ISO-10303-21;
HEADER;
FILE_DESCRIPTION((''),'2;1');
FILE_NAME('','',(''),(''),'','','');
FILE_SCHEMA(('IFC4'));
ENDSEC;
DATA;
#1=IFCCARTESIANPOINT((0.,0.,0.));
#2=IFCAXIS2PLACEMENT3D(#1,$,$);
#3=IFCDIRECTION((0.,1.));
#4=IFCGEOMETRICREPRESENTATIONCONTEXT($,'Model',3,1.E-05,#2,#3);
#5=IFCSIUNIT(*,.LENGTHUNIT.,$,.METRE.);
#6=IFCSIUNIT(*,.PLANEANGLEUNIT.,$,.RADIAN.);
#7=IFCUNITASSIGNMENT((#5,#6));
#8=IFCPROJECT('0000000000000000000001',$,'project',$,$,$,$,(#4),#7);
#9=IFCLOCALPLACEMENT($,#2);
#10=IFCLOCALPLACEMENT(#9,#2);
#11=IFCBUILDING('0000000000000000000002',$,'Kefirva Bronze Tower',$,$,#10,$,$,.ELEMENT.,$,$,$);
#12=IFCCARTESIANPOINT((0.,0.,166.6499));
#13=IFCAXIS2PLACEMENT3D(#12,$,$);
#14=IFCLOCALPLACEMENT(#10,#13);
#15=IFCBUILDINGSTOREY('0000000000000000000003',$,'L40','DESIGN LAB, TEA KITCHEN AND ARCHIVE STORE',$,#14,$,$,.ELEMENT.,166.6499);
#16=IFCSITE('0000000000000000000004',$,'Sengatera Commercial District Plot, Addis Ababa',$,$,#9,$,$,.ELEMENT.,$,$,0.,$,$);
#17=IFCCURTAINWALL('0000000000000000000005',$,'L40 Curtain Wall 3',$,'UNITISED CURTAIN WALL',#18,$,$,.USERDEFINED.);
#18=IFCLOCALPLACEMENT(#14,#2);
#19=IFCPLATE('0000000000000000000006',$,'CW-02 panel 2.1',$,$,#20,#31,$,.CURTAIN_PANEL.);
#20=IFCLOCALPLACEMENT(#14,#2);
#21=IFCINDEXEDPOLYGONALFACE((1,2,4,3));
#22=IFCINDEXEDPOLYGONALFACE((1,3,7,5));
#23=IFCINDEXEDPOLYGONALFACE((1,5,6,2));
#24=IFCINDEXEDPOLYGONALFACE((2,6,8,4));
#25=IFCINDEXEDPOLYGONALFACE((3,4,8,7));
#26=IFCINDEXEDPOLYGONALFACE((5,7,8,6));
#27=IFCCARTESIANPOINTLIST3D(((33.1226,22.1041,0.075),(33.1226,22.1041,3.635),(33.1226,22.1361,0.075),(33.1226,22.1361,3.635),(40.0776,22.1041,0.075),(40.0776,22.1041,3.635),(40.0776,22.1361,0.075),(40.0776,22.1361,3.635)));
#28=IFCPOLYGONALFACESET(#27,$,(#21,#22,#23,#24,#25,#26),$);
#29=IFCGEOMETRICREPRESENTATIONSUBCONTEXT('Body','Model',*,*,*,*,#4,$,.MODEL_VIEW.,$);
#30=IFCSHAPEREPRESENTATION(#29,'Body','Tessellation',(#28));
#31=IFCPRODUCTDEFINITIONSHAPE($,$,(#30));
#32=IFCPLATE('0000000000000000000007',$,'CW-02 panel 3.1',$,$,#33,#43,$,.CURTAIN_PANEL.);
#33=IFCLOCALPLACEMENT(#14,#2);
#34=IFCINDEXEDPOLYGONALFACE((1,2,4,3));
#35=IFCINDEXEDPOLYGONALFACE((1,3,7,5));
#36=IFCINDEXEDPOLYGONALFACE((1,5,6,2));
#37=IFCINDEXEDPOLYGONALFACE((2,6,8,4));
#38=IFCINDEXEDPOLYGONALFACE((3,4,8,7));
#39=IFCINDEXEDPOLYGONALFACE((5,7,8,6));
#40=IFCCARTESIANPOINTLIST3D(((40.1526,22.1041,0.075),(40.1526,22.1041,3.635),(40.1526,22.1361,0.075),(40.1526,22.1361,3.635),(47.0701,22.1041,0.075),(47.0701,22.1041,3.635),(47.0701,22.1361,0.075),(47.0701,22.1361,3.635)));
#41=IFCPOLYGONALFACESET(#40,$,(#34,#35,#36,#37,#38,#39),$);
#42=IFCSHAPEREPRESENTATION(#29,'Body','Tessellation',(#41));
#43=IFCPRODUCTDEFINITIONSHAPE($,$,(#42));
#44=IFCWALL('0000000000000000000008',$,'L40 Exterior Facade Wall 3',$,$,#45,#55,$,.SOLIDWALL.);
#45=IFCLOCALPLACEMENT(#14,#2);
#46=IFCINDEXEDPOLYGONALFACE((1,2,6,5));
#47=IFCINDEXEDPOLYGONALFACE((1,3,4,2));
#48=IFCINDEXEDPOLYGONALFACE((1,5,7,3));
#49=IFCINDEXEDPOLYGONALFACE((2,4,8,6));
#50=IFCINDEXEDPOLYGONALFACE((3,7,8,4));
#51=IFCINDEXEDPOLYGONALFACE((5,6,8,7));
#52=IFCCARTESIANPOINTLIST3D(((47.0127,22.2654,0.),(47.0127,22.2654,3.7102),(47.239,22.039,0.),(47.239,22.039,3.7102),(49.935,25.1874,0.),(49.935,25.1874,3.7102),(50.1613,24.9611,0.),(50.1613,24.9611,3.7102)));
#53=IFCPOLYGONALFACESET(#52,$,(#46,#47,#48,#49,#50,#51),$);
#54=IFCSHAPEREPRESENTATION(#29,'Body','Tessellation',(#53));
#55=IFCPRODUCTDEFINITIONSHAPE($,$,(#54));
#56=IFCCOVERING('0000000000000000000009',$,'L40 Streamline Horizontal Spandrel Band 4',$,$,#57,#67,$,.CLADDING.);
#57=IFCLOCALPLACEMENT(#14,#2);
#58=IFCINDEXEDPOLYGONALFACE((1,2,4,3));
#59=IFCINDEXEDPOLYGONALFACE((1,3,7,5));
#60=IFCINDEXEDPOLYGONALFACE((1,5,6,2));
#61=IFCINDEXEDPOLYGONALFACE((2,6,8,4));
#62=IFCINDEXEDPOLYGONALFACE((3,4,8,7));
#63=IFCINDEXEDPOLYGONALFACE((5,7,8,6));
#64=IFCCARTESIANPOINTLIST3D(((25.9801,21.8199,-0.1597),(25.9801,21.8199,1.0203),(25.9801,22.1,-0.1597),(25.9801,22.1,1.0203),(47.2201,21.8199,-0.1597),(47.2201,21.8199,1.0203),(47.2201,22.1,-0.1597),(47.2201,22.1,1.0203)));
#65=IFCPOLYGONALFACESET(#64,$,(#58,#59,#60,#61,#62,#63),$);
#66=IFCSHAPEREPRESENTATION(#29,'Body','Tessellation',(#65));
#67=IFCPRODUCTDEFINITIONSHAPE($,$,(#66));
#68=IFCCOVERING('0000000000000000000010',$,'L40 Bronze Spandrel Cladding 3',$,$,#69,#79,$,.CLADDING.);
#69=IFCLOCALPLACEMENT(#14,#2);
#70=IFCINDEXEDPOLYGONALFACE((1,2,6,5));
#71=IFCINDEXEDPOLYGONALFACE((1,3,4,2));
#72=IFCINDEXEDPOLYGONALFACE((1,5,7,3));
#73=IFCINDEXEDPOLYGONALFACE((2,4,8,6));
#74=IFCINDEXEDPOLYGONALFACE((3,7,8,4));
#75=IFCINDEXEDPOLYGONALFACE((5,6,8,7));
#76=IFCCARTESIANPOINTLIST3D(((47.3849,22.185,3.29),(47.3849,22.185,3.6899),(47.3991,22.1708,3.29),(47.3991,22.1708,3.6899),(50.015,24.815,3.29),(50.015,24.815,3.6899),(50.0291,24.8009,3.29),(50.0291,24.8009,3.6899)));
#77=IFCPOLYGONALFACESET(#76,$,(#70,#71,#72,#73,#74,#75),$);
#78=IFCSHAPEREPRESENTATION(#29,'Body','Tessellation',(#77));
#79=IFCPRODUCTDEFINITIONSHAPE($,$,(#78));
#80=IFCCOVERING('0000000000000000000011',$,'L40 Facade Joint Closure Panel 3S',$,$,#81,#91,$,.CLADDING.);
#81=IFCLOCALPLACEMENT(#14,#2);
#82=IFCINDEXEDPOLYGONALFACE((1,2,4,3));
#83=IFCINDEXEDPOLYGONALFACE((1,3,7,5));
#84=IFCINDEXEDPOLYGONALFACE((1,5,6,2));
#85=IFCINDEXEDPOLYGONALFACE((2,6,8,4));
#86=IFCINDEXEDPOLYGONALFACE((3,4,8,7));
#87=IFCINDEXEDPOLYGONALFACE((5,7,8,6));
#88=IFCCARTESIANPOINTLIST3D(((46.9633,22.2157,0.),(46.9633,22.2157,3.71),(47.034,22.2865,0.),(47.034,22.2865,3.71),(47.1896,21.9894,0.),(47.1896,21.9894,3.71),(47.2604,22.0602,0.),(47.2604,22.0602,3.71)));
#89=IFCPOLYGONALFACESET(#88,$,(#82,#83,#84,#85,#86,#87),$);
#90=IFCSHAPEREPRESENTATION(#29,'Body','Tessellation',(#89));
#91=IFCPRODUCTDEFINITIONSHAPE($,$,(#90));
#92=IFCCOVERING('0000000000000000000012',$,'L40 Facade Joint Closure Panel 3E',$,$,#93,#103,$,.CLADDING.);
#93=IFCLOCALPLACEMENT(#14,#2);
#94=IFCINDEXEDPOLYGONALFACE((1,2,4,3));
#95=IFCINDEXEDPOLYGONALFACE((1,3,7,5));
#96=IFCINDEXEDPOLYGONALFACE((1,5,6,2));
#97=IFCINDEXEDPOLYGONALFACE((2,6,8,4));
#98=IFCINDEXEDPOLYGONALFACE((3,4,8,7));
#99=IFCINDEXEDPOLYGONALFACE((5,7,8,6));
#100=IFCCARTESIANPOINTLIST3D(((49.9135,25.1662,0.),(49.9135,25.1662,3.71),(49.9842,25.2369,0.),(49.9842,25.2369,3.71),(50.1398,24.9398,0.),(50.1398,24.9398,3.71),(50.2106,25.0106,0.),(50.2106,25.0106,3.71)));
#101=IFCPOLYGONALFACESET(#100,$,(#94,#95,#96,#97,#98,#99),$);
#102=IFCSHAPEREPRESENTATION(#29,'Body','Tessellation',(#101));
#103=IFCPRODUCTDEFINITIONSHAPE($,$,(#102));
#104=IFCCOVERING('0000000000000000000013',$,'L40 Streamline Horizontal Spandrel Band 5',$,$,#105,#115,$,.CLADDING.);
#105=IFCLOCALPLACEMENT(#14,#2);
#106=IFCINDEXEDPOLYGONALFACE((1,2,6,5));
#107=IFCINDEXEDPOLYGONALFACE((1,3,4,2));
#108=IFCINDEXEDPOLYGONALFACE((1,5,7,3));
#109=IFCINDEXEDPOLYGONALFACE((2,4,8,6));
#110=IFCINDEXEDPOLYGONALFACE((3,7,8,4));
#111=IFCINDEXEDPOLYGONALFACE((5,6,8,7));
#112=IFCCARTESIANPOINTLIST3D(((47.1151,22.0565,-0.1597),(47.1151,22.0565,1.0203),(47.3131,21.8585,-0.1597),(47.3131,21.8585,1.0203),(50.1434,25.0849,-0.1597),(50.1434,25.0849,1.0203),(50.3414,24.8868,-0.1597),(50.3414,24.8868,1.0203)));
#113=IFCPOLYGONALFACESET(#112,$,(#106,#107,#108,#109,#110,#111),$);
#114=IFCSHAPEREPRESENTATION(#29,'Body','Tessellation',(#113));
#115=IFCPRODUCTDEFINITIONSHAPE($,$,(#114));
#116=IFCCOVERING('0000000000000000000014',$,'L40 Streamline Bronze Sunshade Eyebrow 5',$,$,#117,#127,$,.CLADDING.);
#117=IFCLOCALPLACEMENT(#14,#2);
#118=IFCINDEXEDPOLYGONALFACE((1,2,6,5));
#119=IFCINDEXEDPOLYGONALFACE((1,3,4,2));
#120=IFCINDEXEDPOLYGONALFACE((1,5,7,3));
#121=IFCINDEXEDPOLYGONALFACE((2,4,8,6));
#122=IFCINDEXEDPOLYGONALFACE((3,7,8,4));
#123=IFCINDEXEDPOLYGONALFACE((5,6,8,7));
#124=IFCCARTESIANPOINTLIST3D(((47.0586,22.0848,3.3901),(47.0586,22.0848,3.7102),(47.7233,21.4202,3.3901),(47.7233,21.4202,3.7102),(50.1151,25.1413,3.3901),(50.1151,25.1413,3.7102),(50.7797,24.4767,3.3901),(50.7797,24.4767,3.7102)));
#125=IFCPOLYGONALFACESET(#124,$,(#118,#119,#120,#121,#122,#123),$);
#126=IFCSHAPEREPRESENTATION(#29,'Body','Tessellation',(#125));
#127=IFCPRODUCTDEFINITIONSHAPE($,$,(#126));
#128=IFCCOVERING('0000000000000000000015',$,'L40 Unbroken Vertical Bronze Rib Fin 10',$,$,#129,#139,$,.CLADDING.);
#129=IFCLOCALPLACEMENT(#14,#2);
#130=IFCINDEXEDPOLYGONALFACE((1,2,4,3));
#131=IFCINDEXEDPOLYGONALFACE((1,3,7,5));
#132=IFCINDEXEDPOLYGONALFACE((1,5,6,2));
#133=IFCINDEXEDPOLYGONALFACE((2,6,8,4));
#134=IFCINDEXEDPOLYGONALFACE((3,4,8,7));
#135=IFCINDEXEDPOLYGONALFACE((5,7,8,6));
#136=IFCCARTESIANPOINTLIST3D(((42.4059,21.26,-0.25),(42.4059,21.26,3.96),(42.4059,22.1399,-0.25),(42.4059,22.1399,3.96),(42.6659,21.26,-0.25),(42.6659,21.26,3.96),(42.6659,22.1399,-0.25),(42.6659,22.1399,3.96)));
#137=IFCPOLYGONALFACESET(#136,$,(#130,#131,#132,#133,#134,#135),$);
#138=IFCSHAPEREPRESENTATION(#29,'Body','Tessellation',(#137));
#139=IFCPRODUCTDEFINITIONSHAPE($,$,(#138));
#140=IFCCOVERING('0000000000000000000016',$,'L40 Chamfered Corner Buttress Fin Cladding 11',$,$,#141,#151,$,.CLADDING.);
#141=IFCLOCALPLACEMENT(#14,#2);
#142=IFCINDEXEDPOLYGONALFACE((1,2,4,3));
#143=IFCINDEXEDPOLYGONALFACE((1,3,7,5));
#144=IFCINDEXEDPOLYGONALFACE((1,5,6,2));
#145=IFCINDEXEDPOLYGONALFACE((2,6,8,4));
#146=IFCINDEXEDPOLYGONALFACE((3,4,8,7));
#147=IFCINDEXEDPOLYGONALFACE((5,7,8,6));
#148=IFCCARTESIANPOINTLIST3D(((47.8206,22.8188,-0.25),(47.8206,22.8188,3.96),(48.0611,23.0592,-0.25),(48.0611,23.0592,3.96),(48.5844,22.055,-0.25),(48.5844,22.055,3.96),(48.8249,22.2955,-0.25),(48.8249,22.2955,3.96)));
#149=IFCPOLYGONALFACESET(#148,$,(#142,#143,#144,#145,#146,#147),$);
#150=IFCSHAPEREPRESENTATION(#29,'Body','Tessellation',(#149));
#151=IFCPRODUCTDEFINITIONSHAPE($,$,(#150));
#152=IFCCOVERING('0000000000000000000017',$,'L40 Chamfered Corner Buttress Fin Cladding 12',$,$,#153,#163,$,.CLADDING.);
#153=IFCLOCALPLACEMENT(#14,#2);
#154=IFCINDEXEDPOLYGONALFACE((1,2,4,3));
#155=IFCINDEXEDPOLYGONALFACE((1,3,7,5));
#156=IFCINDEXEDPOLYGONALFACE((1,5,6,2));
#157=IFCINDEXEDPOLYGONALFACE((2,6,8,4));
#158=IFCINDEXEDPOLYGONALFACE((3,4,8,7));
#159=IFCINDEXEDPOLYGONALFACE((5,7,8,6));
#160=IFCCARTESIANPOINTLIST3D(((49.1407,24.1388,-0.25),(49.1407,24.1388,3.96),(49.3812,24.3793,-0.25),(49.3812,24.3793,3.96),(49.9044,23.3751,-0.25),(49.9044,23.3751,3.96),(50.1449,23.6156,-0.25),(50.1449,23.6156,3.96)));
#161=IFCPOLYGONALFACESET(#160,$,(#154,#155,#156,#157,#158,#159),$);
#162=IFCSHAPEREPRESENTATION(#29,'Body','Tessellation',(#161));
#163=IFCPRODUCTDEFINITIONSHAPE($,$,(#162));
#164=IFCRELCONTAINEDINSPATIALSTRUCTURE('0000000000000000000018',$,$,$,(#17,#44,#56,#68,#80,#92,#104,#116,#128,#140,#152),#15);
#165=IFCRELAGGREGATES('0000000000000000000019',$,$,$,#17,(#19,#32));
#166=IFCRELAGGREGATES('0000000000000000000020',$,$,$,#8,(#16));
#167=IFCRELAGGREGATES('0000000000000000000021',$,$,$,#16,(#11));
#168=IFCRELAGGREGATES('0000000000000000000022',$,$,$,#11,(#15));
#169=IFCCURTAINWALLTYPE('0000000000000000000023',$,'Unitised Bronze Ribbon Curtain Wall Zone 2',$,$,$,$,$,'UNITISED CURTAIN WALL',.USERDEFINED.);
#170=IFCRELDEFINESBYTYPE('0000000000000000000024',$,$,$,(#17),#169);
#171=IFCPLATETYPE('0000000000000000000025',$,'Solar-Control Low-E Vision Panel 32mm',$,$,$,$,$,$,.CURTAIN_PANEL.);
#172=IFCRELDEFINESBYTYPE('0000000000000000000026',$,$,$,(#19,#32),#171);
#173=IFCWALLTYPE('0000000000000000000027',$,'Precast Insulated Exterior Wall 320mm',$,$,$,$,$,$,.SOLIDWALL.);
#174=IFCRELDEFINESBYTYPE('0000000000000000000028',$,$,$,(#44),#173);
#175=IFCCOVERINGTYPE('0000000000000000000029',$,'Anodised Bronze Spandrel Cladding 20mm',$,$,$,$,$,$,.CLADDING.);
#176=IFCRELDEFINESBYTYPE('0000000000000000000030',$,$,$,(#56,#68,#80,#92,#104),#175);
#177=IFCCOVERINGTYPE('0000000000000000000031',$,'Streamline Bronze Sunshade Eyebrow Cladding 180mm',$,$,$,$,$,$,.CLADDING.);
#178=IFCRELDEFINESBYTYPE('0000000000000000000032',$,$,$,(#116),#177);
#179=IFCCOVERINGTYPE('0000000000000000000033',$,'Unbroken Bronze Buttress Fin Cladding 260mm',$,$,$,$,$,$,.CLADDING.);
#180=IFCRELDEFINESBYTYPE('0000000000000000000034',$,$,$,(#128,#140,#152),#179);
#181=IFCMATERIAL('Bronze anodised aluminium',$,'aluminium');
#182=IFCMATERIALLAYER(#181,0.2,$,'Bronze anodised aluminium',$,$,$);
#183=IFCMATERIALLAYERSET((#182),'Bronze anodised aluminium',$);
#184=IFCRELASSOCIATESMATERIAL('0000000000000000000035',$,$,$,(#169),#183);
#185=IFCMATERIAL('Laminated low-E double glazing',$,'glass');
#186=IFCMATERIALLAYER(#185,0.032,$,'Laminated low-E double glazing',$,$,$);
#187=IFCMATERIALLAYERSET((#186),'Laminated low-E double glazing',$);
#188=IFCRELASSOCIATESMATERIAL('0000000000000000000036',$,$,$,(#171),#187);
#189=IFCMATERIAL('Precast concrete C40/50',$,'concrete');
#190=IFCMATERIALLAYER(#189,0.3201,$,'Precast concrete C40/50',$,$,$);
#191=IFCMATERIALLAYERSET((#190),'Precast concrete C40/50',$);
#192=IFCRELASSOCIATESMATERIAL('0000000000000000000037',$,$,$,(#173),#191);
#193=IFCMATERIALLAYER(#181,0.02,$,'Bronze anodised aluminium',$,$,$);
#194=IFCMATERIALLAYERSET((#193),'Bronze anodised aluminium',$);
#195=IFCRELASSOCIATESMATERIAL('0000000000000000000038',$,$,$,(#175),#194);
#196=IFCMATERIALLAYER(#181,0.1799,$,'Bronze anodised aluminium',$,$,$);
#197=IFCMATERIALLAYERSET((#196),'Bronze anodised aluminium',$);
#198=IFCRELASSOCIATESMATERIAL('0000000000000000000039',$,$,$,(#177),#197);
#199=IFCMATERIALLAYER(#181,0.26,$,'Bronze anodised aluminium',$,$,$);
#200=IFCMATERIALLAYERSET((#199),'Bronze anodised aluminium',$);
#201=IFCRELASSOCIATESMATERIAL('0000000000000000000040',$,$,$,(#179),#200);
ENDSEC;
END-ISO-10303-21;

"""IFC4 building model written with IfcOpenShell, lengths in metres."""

from ifc_helpers import new_model, si_unit, direction, frame, frame_2d, origin, origin_2d, place, context, subcontext, project, spatial, rectangle, extrude, material, layer, layer_set, type_object, element, aggregate, save


model = new_model("IFC4")

# Units and contexts
model_context = context("Model", 3, precision=1e-05, world=origin(), true_north=direction((0.0, 1.0)))
body_context = subcontext(model_context, "Body", "Model", "MODEL_VIEW")
ifc_project = project(units=[si_unit("LENGTHUNIT", "METRE"), si_unit("PLANEANGLEUNIT", "RADIAN")], contexts=[model_context])

# Site, building, storey
site_placement = place(None, origin())
site = spatial("IfcSite", under=ifc_project, at=site_placement, Name="Sengatera Commercial District Plot, Addis Ababa", CompositionType="ELEMENT", RefElevation=0.0)
building_placement = place(site_placement, origin())
building = spatial("IfcBuilding", under=site, at=building_placement, Name="Kefirva Bronze Tower", CompositionType="ELEMENT")
storey_placement = place(building_placement, frame((0.0, 0.0, 166.6499)))
storey = spatial("IfcBuildingStorey", under=building, at=storey_placement, Name="L40", Description="DESIGN LAB, TEA KITCHEN AND ARCHIVE STORE", CompositionType="ELEMENT", Elevation=166.6499)

# Curtain wall
ifc_material_1 = material(Name="Bronze anodised aluminium", Category="aluminium")
ifc_layer_1 = layer(ifc_material_1, 0.2, Name="Bronze anodised aluminium")
ifc_layer_set_1 = layer_set([ifc_layer_1], Name="Bronze anodised aluminium")
curtain_wall_type = type_object("IfcCurtainWallType", Name="Unitised Bronze Ribbon Curtain Wall Zone 2", ElementType="UNITISED CURTAIN WALL", PredefinedType="USERDEFINED", material=ifc_layer_set_1)
curtain_wall_1_placement = place(storey_placement, origin())
curtain_wall_1 = element("IfcCurtainWall", 1, at=curtain_wall_1_placement, inside=storey, type_object=curtain_wall_type, Name="L40 Curtain Wall 3", ObjectType="UNITISED CURTAIN WALL", PredefinedType="USERDEFINED")

# Plates
ifc_material_2 = material(Name="Laminated low-E double glazing", Category="glass")
ifc_layer_2 = layer(ifc_material_2, 0.032, Name="Laminated low-E double glazing")
ifc_layer_set_2 = layer_set([ifc_layer_2], Name="Laminated low-E double glazing")
plate_type = type_object("IfcPlateType", Name="Solar-Control Low-E Vision Panel 32mm", PredefinedType="CURTAIN_PANEL", material=ifc_layer_set_2)
plate_1_placement = place(storey_placement, frame((36.6001, 22.1201, 0.075), z_axis=(0.0, 0.0, 1.0), x_axis=(1.0, 0.0, 0.0)))
plate_1 = element("IfcPlate", 2, at=plate_1_placement, type_object=plate_type, Name="CW-02 panel 2.1", PredefinedType="CURTAIN_PANEL", context=body_context, shape_type="SweptSolid", body=[
    extrude(rectangle(XDim=6.9551, YDim=0.032, at=origin_2d()), origin(), (0.0, 0.0, 1.0), 3.5601),
])
plate_2_placement = place(storey_placement, frame((43.6113, 22.1201, 0.075), z_axis=(0.0, 0.0, 1.0), x_axis=(1.0, 0.0, 0.0)))
plate_2 = element("IfcPlate", 3, at=plate_2_placement, type_object=plate_type, Name="CW-02 panel 3.1", PredefinedType="CURTAIN_PANEL", context=body_context, shape_type="SweptSolid", body=[
    extrude(rectangle(XDim=6.9175, YDim=0.032, at=origin_2d()), origin(), (0.0, 0.0, 1.0), 3.5601),
])
aggregate(curtain_wall_1, [plate_1, plate_2])

# Wall
ifc_material_3 = material(Name="Precast concrete C40/50", Category="concrete")
ifc_layer_3 = layer(ifc_material_3, 0.3201, Name="Precast concrete C40/50")
ifc_layer_set_3 = layer_set([ifc_layer_3], Name="Precast concrete C40/50")
wall_type = type_object("IfcWallType", Name="Precast Insulated Exterior Wall 320mm", PredefinedType="SOLIDWALL", material=ifc_layer_set_3)
wall_placement = place(storey_placement, frame((47.1257, 22.1521, 0.0), z_axis=(0.0, 0.0, 1.0), x_axis=(0.707136, 0.707077, 0.0)))
element("IfcWall", 4, at=wall_placement, inside=storey, type_object=wall_type, Name="L40 Exterior Facade Wall 3", PredefinedType="SOLIDWALL", context=body_context, shape_type="SweptSolid", body=[
    extrude(rectangle(XDim=4.1326, YDim=0.3201, at=frame_2d((2.0664, 0.0))), origin(), (0.0, 0.0, 1.0), 3.7102),
])

# Coverings
ifc_layer_4 = layer(ifc_material_1, 0.02, Name="Bronze anodised aluminium")
ifc_layer_set_4 = layer_set([ifc_layer_4], Name="Bronze anodised aluminium")
covering_type_1 = type_object("IfcCoveringType", Name="Anodised Bronze Spandrel Cladding 20mm", PredefinedType="CLADDING", material=ifc_layer_set_4)
covering_1_placement = place(storey_placement, frame((36.6001, 21.96, -0.1597), z_axis=(0.0, 0.0, 1.0), x_axis=(1.0, 0.0, 0.0)))
element("IfcCovering", 5, at=covering_1_placement, inside=storey, type_object=covering_type_1, Name="L40 Streamline Horizontal Spandrel Band 4", PredefinedType="CLADDING", context=body_context, shape_type="SweptSolid", body=[
    extrude(rectangle(XDim=21.24, YDim=0.28, at=origin_2d()), origin(), (0.0, 0.0, 1.0), 1.1799),
])
covering_2_placement = place(storey_placement, frame((48.707, 23.4929, 3.29), z_axis=(0.0, 0.0, 1.0), x_axis=(0.707107, 0.707107, 0.0)))
element("IfcCovering", 6, at=covering_2_placement, inside=storey, type_object=covering_type_1, Name="L40 Bronze Spandrel Cladding 3", PredefinedType="CLADDING", context=body_context, shape_type="SweptSolid", body=[
    extrude(rectangle(XDim=3.7195, YDim=0.02, at=origin_2d()), origin(), (0.0, 0.0, 1.0), 0.3999),
])
for number, where, z_axis, x_axis, name in (
    (7, (47.1118, 22.1379, 0.0), (0.0, 0.0, 1.0), (0.707107, 0.707107, 0.0), "L40 Facade Joint Closure Panel 3S"),
    (8, (50.062, 25.0884, 0.0), (0.0, 0.0, 1.0), (0.707107, 0.707107, 0.0), "L40 Facade Joint Closure Panel 3E"),
):
    element("IfcCovering", number, at=place(storey_placement, frame(where, z_axis=z_axis, x_axis=x_axis)), inside=storey, type_object=covering_type_1, Name=name, PredefinedType="CLADDING", context=body_context, shape_type="SweptSolid", body=[
        extrude(rectangle(XDim=0.1001, YDim=0.3201, at=origin_2d()), origin(), (0.0, 0.0, 1.0), 3.71),
    ])
covering_3_placement = place(storey_placement, frame((48.7283, 23.4717, -0.1597), z_axis=(0.0, 0.0, 1.0), x_axis=(0.707107, 0.707107, 0.0)))
element("IfcCovering", 9, at=covering_3_placement, inside=storey, type_object=covering_type_1, Name="L40 Streamline Horizontal Spandrel Band 5", PredefinedType="CLADDING", context=body_context, shape_type="SweptSolid", body=[
    extrude(rectangle(XDim=4.2827, YDim=0.28, at=origin_2d()), origin(), (0.0, 0.0, 1.0), 1.1799),
])
ifc_layer_5 = layer(ifc_material_1, 0.1799, Name="Bronze anodised aluminium")
ifc_layer_set_5 = layer_set([ifc_layer_5], Name="Bronze anodised aluminium")
covering_type_2 = type_object("IfcCoveringType", Name="Streamline Bronze Sunshade Eyebrow Cladding 180mm", PredefinedType="CLADDING", material=ifc_layer_set_5)
covering_4_placement = place(storey_placement, frame((48.9192, 23.2808, 3.3901), z_axis=(0.0, 0.0, 1.0), x_axis=(0.707107, 0.707107, 0.0)))
element("IfcCovering", 10, at=covering_4_placement, inside=storey, type_object=covering_type_2, Name="L40 Streamline Bronze Sunshade Eyebrow 5", PredefinedType="CLADDING", context=body_context, shape_type="SweptSolid", body=[
    extrude(rectangle(XDim=4.3225, YDim=0.9399, at=origin_2d()), origin(), (0.0, 0.0, 1.0), 0.3201),
])
ifc_layer_6 = layer(ifc_material_1, 0.26, Name="Bronze anodised aluminium")
ifc_layer_set_6 = layer_set([ifc_layer_6], Name="Bronze anodised aluminium")
covering_type_3 = type_object("IfcCoveringType", Name="Unbroken Bronze Buttress Fin Cladding 260mm", PredefinedType="CLADDING", material=ifc_layer_set_6)
covering_5_placement = place(storey_placement, frame((42.5359, 21.7, -0.25), z_axis=(0.0, 0.0, 1.0), x_axis=(1.0, 0.0, 0.0)))
element("IfcCovering", 11, at=covering_5_placement, inside=storey, type_object=covering_type_3, Name="L40 Unbroken Vertical Bronze Rib Fin 10", PredefinedType="CLADDING", context=body_context, shape_type="SweptSolid", body=[
    extrude(rectangle(XDim=0.26, YDim=0.8799, at=origin_2d()), origin(), (0.0, 0.0, 1.0), 4.21),
])
for number, where, z_axis, x_axis, name in (
    (12, (48.3228, 22.5571, -0.25), (0.0, 0.0, 1.0), (0.707107, 0.707107, 0.0), "L40 Chamfered Corner Buttress Fin Cladding 11"),
    (13, (49.6428, 23.8772, -0.25), (0.0, 0.0, 1.0), (0.707107, 0.707107, 0.0), "L40 Chamfered Corner Buttress Fin Cladding 12"),
):
    element("IfcCovering", number, at=place(storey_placement, frame(where, z_axis=z_axis, x_axis=x_axis)), inside=storey, type_object=covering_type_3, Name=name, PredefinedType="CLADDING", context=body_context, shape_type="SweptSolid", body=[
        extrude(rectangle(XDim=0.3401, YDim=1.0801, at=origin_2d()), origin(), (0.0, 0.0, 1.0), 4.21),
    ])

save(model, "model.ifc")
